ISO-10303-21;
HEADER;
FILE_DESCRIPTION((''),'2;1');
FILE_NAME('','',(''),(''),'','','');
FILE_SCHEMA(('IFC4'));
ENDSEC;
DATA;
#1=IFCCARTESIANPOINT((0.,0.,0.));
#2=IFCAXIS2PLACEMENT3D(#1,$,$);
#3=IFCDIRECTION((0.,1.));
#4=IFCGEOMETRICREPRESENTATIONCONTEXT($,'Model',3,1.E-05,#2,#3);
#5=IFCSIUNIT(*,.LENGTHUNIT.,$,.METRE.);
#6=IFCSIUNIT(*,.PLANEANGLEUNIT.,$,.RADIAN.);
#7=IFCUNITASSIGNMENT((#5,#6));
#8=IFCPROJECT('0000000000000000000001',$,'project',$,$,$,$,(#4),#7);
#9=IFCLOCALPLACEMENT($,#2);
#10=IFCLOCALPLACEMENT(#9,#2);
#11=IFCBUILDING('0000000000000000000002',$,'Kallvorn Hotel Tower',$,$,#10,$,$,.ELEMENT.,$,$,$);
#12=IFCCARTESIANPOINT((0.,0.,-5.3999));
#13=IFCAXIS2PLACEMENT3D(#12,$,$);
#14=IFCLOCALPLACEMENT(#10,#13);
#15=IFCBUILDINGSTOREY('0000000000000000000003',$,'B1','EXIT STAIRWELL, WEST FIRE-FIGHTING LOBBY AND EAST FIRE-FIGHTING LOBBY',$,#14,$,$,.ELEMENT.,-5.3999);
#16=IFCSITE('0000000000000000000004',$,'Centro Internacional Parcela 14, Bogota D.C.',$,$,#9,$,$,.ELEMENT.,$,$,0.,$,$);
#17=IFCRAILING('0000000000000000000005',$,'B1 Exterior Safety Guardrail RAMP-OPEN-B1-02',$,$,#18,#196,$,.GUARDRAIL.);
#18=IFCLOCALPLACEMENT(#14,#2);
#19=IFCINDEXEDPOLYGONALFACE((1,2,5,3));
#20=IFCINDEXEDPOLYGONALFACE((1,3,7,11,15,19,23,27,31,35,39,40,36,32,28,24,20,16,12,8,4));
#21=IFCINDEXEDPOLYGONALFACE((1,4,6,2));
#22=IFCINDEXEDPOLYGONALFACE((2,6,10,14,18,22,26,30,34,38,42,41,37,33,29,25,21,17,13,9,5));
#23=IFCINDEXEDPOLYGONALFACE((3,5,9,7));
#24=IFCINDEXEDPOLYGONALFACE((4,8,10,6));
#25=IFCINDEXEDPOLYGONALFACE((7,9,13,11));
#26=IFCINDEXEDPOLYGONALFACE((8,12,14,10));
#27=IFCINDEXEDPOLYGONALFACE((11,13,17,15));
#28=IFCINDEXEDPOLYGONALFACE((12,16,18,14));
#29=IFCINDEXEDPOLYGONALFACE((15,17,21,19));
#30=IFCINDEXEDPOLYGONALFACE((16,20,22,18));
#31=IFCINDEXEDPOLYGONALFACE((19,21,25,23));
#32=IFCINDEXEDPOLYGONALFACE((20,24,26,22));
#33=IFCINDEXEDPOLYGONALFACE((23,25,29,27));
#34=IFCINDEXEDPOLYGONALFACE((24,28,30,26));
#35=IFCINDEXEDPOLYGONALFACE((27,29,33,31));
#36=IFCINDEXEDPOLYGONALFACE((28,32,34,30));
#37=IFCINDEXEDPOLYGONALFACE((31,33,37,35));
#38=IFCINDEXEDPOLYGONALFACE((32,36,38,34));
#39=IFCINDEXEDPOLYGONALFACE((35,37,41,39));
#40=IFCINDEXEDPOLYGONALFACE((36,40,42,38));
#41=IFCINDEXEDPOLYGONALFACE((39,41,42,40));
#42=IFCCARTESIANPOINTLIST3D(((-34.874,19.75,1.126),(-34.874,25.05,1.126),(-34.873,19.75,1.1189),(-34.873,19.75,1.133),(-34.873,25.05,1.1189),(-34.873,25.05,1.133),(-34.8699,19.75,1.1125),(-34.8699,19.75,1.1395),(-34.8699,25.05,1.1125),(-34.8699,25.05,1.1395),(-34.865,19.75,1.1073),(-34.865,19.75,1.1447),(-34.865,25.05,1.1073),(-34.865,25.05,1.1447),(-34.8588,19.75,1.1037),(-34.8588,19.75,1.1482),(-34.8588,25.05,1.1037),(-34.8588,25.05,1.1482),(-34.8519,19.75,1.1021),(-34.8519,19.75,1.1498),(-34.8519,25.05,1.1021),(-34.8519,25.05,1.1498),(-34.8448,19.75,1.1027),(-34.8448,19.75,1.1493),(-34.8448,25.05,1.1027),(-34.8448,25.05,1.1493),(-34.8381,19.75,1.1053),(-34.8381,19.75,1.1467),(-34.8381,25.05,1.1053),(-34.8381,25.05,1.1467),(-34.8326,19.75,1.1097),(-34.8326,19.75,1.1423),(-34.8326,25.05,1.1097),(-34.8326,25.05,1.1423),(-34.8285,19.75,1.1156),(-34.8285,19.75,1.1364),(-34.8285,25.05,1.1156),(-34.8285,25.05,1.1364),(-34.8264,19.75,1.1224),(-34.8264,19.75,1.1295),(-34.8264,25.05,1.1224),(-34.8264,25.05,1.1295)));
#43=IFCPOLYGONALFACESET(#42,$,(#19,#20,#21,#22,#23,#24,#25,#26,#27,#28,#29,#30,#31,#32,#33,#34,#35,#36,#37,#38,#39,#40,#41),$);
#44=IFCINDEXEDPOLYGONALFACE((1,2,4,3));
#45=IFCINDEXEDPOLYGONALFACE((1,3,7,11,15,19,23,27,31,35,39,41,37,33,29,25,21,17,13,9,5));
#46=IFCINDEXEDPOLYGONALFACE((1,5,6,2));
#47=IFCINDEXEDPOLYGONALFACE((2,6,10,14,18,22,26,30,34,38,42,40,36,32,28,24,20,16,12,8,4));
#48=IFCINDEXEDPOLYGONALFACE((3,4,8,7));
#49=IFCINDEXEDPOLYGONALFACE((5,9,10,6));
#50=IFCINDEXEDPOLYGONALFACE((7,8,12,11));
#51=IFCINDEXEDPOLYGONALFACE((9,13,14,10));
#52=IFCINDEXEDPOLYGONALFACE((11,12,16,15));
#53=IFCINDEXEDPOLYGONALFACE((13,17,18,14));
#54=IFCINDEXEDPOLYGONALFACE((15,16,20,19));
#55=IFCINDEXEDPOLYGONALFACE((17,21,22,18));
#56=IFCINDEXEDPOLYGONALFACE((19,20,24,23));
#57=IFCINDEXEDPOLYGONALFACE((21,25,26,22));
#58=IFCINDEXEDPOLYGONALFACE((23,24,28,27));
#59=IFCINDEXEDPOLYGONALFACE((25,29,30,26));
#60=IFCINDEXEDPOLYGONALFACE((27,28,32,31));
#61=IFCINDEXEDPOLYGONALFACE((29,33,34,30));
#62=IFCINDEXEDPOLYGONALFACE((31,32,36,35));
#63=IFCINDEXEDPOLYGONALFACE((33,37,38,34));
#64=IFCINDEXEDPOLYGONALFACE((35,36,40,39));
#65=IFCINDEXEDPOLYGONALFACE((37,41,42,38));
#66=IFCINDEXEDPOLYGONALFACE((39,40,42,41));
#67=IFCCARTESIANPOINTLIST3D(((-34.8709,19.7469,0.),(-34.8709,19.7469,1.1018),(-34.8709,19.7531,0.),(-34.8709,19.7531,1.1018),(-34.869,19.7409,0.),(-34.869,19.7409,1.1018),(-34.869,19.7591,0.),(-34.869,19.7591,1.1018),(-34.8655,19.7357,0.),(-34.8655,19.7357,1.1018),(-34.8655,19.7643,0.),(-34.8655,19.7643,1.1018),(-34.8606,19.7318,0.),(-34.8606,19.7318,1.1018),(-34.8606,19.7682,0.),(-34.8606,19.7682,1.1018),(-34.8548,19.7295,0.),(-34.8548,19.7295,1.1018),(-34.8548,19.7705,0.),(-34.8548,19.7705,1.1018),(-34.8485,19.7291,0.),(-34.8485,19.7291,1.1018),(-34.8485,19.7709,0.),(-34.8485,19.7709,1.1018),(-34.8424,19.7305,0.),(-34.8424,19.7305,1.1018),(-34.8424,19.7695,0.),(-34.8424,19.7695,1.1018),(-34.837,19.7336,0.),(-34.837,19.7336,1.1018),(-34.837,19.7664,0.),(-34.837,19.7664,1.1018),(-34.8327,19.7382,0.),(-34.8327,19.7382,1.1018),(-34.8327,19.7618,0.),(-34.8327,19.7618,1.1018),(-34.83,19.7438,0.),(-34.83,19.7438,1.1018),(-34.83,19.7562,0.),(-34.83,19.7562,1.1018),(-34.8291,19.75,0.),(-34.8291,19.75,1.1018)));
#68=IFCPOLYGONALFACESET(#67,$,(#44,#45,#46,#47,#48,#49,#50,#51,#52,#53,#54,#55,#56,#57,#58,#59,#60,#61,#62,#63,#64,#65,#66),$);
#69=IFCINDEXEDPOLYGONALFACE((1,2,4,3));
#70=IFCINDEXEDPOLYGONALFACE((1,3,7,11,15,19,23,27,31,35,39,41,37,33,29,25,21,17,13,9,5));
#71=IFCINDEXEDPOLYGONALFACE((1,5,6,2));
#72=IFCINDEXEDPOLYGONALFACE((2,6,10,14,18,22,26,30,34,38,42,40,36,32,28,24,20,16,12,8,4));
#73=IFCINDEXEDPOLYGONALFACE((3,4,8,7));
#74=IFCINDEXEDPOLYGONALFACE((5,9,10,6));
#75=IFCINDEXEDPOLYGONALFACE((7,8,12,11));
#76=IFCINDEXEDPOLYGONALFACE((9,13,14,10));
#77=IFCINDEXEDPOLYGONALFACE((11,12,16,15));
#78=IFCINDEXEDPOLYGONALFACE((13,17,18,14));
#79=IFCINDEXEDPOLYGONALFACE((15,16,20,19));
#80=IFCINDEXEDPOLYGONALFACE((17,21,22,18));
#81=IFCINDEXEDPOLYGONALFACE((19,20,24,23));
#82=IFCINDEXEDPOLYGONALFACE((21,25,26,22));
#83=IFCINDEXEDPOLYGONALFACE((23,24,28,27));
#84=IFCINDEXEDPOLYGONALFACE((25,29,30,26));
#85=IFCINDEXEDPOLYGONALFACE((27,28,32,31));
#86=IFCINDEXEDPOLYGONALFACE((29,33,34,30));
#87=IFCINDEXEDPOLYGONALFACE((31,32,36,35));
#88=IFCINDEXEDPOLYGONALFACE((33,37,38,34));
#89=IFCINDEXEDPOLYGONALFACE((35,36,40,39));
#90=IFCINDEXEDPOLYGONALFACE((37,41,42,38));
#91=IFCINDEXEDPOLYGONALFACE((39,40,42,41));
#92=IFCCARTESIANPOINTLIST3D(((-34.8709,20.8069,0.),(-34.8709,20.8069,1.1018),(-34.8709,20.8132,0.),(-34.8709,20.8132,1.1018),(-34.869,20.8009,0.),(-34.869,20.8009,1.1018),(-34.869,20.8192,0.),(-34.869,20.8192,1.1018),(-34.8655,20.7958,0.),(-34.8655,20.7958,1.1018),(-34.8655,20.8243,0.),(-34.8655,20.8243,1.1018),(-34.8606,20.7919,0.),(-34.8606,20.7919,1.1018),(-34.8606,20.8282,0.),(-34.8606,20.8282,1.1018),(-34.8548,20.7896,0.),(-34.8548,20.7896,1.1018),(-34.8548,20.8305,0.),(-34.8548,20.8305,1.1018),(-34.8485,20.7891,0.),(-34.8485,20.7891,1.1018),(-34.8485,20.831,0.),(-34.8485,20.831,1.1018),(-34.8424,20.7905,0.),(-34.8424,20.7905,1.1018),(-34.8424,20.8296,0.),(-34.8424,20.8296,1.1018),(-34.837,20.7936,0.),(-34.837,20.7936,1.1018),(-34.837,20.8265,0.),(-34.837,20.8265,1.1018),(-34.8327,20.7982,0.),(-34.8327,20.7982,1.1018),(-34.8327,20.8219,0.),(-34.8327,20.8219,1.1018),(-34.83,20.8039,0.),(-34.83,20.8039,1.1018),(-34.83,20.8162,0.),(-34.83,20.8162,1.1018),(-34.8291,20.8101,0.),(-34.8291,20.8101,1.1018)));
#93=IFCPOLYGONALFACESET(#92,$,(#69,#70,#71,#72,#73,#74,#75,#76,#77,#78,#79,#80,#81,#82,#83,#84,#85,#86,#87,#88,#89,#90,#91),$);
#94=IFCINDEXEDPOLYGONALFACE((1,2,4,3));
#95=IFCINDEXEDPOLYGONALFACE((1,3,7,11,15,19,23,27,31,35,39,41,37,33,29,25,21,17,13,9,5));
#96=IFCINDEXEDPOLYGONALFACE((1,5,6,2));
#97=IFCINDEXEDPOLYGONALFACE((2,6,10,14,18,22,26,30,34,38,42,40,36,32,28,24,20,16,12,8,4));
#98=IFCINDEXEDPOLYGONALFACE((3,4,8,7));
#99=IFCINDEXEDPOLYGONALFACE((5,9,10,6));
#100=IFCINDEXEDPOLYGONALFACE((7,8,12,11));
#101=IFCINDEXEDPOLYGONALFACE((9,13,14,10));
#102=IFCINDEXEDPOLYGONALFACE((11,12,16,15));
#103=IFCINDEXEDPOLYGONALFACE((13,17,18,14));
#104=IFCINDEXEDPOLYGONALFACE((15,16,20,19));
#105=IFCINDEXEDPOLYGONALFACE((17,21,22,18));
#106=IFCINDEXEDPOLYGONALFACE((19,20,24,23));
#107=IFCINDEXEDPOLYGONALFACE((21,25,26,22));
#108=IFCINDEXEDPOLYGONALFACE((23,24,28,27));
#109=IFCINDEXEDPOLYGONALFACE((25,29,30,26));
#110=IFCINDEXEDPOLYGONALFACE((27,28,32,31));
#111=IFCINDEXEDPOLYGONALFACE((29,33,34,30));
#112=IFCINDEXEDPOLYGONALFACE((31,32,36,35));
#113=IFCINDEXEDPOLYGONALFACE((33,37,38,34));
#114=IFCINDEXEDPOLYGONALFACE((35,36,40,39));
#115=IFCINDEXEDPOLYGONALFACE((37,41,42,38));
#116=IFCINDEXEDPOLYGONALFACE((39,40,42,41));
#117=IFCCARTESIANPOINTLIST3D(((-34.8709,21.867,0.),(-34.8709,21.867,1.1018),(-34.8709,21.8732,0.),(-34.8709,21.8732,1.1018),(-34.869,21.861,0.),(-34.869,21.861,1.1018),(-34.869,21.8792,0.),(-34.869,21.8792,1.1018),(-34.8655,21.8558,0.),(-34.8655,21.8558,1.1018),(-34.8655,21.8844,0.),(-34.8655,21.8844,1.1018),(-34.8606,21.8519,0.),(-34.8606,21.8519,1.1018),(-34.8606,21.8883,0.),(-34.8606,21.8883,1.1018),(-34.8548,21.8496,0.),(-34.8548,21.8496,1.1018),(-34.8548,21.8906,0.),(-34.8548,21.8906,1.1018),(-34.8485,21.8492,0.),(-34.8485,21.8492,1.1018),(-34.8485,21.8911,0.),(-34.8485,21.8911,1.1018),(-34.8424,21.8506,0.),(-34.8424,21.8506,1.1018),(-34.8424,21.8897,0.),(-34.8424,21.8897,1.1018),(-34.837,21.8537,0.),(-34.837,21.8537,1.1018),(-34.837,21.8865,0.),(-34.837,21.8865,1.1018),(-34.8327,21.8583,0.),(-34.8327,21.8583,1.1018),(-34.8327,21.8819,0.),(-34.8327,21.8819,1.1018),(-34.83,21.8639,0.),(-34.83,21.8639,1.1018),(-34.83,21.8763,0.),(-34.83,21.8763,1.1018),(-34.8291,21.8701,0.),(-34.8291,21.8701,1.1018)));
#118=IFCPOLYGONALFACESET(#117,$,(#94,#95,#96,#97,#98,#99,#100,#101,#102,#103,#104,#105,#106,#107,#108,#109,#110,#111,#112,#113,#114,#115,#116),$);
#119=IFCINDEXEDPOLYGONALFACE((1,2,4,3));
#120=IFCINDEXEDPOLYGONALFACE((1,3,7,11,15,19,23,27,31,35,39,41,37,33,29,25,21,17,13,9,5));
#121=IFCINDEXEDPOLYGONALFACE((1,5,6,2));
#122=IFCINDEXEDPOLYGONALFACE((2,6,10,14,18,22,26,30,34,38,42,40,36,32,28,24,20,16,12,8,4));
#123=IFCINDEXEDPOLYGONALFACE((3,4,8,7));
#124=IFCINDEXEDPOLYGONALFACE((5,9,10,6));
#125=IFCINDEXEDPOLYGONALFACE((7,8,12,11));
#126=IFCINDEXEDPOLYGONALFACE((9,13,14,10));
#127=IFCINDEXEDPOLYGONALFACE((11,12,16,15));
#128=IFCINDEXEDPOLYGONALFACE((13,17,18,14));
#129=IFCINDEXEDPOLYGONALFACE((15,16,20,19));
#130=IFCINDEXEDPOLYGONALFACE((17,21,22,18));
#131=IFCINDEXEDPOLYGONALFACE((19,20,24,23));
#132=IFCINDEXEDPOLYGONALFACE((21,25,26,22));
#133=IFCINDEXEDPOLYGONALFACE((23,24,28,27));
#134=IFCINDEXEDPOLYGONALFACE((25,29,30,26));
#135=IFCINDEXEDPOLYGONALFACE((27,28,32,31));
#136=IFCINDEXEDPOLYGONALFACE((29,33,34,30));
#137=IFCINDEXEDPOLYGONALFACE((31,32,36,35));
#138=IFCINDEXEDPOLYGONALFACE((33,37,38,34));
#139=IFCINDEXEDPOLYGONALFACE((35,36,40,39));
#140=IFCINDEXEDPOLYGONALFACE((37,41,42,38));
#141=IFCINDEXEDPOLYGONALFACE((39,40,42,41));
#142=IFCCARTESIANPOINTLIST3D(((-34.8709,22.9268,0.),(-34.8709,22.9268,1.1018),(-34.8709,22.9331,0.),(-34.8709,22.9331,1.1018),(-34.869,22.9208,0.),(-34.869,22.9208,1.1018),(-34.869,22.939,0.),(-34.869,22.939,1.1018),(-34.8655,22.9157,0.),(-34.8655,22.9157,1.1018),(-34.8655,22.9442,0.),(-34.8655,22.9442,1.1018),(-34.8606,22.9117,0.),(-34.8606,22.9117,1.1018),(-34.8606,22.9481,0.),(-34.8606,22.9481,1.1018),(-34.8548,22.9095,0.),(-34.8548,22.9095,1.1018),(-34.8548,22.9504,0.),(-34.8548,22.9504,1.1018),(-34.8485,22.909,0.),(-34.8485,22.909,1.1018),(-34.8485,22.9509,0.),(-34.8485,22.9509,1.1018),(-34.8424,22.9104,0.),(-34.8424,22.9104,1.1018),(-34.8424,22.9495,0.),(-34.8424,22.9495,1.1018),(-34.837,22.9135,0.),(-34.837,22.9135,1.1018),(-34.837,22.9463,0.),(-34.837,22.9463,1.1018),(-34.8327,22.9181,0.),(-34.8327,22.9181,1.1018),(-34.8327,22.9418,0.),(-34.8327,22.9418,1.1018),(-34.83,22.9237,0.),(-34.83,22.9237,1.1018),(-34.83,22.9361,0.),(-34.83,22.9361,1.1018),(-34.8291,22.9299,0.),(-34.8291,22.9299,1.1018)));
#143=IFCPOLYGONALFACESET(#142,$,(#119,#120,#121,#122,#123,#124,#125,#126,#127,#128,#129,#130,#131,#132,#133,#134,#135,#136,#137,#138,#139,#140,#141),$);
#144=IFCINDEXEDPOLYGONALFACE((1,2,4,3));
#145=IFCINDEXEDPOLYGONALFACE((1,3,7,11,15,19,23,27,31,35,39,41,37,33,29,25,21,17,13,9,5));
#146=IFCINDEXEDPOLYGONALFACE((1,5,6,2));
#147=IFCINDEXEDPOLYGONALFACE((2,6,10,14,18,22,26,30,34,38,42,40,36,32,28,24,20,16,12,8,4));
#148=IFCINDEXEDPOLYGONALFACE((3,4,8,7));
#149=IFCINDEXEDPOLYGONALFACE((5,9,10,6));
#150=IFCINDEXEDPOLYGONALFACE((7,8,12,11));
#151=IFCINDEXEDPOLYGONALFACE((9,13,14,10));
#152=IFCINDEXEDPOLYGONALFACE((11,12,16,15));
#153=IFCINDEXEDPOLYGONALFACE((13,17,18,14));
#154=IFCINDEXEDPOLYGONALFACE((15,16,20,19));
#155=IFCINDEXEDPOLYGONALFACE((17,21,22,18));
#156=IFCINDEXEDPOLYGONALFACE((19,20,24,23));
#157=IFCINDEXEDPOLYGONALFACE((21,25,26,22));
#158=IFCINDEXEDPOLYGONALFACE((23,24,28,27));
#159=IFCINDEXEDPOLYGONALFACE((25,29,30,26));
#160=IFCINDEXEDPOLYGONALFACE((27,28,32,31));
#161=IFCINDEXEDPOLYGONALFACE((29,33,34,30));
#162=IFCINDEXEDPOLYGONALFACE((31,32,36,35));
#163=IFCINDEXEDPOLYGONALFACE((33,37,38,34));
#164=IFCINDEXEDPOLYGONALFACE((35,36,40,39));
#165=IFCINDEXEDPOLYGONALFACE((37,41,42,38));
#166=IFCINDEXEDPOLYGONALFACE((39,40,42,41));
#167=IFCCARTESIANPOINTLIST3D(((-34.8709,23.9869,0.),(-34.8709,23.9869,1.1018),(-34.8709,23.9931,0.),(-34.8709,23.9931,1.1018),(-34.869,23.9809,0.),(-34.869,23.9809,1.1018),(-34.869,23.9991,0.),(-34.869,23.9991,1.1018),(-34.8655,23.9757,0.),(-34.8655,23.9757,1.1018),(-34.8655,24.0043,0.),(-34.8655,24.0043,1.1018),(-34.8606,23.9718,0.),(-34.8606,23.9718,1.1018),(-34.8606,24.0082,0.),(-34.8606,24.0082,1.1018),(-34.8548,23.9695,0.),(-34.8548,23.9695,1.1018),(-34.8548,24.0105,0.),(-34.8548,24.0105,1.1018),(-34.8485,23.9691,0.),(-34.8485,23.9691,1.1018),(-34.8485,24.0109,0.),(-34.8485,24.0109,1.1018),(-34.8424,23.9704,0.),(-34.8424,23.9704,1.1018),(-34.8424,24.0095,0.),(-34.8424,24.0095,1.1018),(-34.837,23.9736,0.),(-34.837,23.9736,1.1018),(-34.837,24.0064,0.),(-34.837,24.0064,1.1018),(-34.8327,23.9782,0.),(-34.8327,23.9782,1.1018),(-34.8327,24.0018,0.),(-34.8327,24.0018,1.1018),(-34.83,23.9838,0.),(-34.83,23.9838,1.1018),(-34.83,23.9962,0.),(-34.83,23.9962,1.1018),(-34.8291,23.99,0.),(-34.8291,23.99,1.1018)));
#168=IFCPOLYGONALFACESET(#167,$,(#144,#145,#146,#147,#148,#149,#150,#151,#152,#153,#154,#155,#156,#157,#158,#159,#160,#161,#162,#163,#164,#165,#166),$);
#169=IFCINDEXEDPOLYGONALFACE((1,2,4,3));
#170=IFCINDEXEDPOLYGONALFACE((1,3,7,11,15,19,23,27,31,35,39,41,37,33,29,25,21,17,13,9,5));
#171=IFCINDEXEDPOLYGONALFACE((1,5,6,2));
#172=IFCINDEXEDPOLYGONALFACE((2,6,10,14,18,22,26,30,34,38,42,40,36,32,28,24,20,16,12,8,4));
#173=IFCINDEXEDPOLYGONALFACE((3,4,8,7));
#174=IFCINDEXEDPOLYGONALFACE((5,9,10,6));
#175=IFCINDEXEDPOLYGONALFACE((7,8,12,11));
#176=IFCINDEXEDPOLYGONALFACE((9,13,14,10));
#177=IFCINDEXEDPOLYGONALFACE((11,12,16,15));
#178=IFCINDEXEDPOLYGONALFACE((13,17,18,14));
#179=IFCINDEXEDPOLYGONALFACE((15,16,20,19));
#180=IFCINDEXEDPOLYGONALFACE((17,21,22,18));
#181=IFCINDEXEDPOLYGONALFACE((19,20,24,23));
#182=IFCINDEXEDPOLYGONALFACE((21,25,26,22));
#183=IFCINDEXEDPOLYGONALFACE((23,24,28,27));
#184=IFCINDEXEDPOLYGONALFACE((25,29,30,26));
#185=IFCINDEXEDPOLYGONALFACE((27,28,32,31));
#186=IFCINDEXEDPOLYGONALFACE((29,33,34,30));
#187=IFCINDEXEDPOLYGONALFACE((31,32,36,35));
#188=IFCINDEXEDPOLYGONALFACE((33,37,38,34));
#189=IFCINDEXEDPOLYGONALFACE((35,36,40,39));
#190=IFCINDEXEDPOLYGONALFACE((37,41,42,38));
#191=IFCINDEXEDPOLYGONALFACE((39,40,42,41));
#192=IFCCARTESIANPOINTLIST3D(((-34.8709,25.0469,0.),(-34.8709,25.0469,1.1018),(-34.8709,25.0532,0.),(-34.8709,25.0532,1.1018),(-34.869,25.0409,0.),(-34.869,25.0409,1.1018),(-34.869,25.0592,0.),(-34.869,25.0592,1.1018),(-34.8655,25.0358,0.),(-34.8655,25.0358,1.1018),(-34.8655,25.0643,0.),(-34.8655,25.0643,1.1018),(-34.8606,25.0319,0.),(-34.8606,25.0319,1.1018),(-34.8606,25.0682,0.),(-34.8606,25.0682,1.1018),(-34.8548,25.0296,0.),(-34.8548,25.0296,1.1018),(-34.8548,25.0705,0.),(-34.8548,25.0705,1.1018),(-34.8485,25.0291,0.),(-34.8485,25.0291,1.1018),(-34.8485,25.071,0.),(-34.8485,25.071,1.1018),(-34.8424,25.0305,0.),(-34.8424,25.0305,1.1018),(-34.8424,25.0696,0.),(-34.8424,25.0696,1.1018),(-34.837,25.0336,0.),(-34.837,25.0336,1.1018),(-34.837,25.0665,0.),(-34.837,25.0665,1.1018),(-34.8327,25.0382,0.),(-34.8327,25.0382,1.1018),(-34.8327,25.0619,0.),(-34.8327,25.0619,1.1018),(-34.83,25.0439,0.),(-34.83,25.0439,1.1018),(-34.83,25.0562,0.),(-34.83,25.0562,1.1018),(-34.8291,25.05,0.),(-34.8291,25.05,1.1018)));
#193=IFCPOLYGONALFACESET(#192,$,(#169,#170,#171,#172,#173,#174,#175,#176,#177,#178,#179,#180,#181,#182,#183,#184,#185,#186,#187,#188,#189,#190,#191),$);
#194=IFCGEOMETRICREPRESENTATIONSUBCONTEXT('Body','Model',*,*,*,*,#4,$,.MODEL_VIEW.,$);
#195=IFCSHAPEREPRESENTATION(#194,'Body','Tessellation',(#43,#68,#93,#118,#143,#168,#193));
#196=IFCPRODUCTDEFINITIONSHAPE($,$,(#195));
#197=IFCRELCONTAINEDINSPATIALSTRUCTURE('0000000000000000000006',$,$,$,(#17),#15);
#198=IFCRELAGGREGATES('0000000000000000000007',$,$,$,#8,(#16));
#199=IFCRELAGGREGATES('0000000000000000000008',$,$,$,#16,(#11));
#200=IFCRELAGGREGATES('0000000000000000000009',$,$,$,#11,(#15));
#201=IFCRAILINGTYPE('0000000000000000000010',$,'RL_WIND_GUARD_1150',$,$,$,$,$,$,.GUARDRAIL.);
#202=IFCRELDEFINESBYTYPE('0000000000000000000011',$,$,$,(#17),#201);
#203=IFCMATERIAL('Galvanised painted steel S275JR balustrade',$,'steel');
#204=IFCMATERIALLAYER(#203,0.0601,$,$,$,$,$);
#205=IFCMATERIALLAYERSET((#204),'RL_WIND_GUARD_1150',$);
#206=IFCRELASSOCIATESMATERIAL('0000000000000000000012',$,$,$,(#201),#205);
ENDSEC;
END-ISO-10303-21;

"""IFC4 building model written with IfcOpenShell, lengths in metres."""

from ifc_helpers import new_model, si_unit, direction, frame, origin, origin_2d, place, context, subcontext, project, spatial, circle, extrude, material, layer, layer_set, type_object, element, save


model = new_model("IFC4")

# Units and contexts
model_context = context("Model", 3, precision=1e-05, world=origin(), true_north=direction((0.0, 1.0)))
body_context = subcontext(model_context, "Body", "Model", "MODEL_VIEW")
ifc_project = project(units=[si_unit("LENGTHUNIT", "METRE"), si_unit("PLANEANGLEUNIT", "RADIAN")], contexts=[model_context])

# Site, building, storey
site_placement = place(None, origin())
site = spatial("IfcSite", under=ifc_project, at=site_placement, Name="Centro Internacional Parcela 14, Bogota D.C.", CompositionType="ELEMENT", RefElevation=0.0)
building_placement = place(site_placement, origin())
building = spatial("IfcBuilding", under=site, at=building_placement, Name="Kallvorn Hotel Tower", CompositionType="ELEMENT")
storey_placement = place(building_placement, frame((0.0, 0.0, -5.3999)))
storey = spatial("IfcBuildingStorey", under=building, at=storey_placement, Name="B1", Description="EXIT STAIRWELL, WEST FIRE-FIGHTING LOBBY AND EAST FIRE-FIGHTING LOBBY", CompositionType="ELEMENT", Elevation=-5.3999)

# Railing
ifc_material_1 = material(Name="Galvanised painted steel S275JR balustrade", Category="steel")
ifc_layer_1 = layer(ifc_material_1, 0.0601)
ifc_layer_set_1 = layer_set([ifc_layer_1], Name="RL_WIND_GUARD_1150")
railing_type = type_object("IfcRailingType", Name="RL_WIND_GUARD_1150", PredefinedType="GUARDRAIL", material=ifc_layer_set_1)
railing_1_placement = place(storey_placement, frame((-34.8501, 19.75, 0.0)))
element("IfcRailing", 1, at=railing_1_placement, inside=storey, type_object=railing_type, Name="B1 Exterior Safety Guardrail RAMP-OPEN-B1-02", PredefinedType="GUARDRAIL", context=body_context, shape_type="SweptSolid", body=[
    extrude(circle(Radius=0.0239, at=origin_2d()), frame((0.0, 0.0, 1.126), z_axis=(0.0, 1.0, 0.0), x_axis=(-1.0, 0.0, 0.0)), (0.0, 0.0, 1.0), 5.3),
    extrude(circle(Radius=0.021, at=origin_2d()), origin(), (0.0, 0.0, 1.0), 1.1018),
    extrude(circle(Radius=0.021, at=origin_2d()), frame((0.0, 1.0601, 0.0)), (0.0, 0.0, 1.0), 1.1018),
    extrude(circle(Radius=0.021, at=origin_2d()), frame((0.0, 2.1201, 0.0)), (0.0, 0.0, 1.0), 1.1018),
    extrude(circle(Radius=0.021, at=origin_2d()), frame((0.0, 3.1799, 0.0)), (0.0, 0.0, 1.0), 1.1018),
    extrude(circle(Radius=0.021, at=origin_2d()), frame((0.0, 4.24, 0.0)), (0.0, 0.0, 1.0), 1.1018),
    extrude(circle(Radius=0.021, at=origin_2d()), frame((0.0, 5.3, 0.0)), (0.0, 0.0, 1.0), 1.1018),
])

save(model, "model.ifc")
